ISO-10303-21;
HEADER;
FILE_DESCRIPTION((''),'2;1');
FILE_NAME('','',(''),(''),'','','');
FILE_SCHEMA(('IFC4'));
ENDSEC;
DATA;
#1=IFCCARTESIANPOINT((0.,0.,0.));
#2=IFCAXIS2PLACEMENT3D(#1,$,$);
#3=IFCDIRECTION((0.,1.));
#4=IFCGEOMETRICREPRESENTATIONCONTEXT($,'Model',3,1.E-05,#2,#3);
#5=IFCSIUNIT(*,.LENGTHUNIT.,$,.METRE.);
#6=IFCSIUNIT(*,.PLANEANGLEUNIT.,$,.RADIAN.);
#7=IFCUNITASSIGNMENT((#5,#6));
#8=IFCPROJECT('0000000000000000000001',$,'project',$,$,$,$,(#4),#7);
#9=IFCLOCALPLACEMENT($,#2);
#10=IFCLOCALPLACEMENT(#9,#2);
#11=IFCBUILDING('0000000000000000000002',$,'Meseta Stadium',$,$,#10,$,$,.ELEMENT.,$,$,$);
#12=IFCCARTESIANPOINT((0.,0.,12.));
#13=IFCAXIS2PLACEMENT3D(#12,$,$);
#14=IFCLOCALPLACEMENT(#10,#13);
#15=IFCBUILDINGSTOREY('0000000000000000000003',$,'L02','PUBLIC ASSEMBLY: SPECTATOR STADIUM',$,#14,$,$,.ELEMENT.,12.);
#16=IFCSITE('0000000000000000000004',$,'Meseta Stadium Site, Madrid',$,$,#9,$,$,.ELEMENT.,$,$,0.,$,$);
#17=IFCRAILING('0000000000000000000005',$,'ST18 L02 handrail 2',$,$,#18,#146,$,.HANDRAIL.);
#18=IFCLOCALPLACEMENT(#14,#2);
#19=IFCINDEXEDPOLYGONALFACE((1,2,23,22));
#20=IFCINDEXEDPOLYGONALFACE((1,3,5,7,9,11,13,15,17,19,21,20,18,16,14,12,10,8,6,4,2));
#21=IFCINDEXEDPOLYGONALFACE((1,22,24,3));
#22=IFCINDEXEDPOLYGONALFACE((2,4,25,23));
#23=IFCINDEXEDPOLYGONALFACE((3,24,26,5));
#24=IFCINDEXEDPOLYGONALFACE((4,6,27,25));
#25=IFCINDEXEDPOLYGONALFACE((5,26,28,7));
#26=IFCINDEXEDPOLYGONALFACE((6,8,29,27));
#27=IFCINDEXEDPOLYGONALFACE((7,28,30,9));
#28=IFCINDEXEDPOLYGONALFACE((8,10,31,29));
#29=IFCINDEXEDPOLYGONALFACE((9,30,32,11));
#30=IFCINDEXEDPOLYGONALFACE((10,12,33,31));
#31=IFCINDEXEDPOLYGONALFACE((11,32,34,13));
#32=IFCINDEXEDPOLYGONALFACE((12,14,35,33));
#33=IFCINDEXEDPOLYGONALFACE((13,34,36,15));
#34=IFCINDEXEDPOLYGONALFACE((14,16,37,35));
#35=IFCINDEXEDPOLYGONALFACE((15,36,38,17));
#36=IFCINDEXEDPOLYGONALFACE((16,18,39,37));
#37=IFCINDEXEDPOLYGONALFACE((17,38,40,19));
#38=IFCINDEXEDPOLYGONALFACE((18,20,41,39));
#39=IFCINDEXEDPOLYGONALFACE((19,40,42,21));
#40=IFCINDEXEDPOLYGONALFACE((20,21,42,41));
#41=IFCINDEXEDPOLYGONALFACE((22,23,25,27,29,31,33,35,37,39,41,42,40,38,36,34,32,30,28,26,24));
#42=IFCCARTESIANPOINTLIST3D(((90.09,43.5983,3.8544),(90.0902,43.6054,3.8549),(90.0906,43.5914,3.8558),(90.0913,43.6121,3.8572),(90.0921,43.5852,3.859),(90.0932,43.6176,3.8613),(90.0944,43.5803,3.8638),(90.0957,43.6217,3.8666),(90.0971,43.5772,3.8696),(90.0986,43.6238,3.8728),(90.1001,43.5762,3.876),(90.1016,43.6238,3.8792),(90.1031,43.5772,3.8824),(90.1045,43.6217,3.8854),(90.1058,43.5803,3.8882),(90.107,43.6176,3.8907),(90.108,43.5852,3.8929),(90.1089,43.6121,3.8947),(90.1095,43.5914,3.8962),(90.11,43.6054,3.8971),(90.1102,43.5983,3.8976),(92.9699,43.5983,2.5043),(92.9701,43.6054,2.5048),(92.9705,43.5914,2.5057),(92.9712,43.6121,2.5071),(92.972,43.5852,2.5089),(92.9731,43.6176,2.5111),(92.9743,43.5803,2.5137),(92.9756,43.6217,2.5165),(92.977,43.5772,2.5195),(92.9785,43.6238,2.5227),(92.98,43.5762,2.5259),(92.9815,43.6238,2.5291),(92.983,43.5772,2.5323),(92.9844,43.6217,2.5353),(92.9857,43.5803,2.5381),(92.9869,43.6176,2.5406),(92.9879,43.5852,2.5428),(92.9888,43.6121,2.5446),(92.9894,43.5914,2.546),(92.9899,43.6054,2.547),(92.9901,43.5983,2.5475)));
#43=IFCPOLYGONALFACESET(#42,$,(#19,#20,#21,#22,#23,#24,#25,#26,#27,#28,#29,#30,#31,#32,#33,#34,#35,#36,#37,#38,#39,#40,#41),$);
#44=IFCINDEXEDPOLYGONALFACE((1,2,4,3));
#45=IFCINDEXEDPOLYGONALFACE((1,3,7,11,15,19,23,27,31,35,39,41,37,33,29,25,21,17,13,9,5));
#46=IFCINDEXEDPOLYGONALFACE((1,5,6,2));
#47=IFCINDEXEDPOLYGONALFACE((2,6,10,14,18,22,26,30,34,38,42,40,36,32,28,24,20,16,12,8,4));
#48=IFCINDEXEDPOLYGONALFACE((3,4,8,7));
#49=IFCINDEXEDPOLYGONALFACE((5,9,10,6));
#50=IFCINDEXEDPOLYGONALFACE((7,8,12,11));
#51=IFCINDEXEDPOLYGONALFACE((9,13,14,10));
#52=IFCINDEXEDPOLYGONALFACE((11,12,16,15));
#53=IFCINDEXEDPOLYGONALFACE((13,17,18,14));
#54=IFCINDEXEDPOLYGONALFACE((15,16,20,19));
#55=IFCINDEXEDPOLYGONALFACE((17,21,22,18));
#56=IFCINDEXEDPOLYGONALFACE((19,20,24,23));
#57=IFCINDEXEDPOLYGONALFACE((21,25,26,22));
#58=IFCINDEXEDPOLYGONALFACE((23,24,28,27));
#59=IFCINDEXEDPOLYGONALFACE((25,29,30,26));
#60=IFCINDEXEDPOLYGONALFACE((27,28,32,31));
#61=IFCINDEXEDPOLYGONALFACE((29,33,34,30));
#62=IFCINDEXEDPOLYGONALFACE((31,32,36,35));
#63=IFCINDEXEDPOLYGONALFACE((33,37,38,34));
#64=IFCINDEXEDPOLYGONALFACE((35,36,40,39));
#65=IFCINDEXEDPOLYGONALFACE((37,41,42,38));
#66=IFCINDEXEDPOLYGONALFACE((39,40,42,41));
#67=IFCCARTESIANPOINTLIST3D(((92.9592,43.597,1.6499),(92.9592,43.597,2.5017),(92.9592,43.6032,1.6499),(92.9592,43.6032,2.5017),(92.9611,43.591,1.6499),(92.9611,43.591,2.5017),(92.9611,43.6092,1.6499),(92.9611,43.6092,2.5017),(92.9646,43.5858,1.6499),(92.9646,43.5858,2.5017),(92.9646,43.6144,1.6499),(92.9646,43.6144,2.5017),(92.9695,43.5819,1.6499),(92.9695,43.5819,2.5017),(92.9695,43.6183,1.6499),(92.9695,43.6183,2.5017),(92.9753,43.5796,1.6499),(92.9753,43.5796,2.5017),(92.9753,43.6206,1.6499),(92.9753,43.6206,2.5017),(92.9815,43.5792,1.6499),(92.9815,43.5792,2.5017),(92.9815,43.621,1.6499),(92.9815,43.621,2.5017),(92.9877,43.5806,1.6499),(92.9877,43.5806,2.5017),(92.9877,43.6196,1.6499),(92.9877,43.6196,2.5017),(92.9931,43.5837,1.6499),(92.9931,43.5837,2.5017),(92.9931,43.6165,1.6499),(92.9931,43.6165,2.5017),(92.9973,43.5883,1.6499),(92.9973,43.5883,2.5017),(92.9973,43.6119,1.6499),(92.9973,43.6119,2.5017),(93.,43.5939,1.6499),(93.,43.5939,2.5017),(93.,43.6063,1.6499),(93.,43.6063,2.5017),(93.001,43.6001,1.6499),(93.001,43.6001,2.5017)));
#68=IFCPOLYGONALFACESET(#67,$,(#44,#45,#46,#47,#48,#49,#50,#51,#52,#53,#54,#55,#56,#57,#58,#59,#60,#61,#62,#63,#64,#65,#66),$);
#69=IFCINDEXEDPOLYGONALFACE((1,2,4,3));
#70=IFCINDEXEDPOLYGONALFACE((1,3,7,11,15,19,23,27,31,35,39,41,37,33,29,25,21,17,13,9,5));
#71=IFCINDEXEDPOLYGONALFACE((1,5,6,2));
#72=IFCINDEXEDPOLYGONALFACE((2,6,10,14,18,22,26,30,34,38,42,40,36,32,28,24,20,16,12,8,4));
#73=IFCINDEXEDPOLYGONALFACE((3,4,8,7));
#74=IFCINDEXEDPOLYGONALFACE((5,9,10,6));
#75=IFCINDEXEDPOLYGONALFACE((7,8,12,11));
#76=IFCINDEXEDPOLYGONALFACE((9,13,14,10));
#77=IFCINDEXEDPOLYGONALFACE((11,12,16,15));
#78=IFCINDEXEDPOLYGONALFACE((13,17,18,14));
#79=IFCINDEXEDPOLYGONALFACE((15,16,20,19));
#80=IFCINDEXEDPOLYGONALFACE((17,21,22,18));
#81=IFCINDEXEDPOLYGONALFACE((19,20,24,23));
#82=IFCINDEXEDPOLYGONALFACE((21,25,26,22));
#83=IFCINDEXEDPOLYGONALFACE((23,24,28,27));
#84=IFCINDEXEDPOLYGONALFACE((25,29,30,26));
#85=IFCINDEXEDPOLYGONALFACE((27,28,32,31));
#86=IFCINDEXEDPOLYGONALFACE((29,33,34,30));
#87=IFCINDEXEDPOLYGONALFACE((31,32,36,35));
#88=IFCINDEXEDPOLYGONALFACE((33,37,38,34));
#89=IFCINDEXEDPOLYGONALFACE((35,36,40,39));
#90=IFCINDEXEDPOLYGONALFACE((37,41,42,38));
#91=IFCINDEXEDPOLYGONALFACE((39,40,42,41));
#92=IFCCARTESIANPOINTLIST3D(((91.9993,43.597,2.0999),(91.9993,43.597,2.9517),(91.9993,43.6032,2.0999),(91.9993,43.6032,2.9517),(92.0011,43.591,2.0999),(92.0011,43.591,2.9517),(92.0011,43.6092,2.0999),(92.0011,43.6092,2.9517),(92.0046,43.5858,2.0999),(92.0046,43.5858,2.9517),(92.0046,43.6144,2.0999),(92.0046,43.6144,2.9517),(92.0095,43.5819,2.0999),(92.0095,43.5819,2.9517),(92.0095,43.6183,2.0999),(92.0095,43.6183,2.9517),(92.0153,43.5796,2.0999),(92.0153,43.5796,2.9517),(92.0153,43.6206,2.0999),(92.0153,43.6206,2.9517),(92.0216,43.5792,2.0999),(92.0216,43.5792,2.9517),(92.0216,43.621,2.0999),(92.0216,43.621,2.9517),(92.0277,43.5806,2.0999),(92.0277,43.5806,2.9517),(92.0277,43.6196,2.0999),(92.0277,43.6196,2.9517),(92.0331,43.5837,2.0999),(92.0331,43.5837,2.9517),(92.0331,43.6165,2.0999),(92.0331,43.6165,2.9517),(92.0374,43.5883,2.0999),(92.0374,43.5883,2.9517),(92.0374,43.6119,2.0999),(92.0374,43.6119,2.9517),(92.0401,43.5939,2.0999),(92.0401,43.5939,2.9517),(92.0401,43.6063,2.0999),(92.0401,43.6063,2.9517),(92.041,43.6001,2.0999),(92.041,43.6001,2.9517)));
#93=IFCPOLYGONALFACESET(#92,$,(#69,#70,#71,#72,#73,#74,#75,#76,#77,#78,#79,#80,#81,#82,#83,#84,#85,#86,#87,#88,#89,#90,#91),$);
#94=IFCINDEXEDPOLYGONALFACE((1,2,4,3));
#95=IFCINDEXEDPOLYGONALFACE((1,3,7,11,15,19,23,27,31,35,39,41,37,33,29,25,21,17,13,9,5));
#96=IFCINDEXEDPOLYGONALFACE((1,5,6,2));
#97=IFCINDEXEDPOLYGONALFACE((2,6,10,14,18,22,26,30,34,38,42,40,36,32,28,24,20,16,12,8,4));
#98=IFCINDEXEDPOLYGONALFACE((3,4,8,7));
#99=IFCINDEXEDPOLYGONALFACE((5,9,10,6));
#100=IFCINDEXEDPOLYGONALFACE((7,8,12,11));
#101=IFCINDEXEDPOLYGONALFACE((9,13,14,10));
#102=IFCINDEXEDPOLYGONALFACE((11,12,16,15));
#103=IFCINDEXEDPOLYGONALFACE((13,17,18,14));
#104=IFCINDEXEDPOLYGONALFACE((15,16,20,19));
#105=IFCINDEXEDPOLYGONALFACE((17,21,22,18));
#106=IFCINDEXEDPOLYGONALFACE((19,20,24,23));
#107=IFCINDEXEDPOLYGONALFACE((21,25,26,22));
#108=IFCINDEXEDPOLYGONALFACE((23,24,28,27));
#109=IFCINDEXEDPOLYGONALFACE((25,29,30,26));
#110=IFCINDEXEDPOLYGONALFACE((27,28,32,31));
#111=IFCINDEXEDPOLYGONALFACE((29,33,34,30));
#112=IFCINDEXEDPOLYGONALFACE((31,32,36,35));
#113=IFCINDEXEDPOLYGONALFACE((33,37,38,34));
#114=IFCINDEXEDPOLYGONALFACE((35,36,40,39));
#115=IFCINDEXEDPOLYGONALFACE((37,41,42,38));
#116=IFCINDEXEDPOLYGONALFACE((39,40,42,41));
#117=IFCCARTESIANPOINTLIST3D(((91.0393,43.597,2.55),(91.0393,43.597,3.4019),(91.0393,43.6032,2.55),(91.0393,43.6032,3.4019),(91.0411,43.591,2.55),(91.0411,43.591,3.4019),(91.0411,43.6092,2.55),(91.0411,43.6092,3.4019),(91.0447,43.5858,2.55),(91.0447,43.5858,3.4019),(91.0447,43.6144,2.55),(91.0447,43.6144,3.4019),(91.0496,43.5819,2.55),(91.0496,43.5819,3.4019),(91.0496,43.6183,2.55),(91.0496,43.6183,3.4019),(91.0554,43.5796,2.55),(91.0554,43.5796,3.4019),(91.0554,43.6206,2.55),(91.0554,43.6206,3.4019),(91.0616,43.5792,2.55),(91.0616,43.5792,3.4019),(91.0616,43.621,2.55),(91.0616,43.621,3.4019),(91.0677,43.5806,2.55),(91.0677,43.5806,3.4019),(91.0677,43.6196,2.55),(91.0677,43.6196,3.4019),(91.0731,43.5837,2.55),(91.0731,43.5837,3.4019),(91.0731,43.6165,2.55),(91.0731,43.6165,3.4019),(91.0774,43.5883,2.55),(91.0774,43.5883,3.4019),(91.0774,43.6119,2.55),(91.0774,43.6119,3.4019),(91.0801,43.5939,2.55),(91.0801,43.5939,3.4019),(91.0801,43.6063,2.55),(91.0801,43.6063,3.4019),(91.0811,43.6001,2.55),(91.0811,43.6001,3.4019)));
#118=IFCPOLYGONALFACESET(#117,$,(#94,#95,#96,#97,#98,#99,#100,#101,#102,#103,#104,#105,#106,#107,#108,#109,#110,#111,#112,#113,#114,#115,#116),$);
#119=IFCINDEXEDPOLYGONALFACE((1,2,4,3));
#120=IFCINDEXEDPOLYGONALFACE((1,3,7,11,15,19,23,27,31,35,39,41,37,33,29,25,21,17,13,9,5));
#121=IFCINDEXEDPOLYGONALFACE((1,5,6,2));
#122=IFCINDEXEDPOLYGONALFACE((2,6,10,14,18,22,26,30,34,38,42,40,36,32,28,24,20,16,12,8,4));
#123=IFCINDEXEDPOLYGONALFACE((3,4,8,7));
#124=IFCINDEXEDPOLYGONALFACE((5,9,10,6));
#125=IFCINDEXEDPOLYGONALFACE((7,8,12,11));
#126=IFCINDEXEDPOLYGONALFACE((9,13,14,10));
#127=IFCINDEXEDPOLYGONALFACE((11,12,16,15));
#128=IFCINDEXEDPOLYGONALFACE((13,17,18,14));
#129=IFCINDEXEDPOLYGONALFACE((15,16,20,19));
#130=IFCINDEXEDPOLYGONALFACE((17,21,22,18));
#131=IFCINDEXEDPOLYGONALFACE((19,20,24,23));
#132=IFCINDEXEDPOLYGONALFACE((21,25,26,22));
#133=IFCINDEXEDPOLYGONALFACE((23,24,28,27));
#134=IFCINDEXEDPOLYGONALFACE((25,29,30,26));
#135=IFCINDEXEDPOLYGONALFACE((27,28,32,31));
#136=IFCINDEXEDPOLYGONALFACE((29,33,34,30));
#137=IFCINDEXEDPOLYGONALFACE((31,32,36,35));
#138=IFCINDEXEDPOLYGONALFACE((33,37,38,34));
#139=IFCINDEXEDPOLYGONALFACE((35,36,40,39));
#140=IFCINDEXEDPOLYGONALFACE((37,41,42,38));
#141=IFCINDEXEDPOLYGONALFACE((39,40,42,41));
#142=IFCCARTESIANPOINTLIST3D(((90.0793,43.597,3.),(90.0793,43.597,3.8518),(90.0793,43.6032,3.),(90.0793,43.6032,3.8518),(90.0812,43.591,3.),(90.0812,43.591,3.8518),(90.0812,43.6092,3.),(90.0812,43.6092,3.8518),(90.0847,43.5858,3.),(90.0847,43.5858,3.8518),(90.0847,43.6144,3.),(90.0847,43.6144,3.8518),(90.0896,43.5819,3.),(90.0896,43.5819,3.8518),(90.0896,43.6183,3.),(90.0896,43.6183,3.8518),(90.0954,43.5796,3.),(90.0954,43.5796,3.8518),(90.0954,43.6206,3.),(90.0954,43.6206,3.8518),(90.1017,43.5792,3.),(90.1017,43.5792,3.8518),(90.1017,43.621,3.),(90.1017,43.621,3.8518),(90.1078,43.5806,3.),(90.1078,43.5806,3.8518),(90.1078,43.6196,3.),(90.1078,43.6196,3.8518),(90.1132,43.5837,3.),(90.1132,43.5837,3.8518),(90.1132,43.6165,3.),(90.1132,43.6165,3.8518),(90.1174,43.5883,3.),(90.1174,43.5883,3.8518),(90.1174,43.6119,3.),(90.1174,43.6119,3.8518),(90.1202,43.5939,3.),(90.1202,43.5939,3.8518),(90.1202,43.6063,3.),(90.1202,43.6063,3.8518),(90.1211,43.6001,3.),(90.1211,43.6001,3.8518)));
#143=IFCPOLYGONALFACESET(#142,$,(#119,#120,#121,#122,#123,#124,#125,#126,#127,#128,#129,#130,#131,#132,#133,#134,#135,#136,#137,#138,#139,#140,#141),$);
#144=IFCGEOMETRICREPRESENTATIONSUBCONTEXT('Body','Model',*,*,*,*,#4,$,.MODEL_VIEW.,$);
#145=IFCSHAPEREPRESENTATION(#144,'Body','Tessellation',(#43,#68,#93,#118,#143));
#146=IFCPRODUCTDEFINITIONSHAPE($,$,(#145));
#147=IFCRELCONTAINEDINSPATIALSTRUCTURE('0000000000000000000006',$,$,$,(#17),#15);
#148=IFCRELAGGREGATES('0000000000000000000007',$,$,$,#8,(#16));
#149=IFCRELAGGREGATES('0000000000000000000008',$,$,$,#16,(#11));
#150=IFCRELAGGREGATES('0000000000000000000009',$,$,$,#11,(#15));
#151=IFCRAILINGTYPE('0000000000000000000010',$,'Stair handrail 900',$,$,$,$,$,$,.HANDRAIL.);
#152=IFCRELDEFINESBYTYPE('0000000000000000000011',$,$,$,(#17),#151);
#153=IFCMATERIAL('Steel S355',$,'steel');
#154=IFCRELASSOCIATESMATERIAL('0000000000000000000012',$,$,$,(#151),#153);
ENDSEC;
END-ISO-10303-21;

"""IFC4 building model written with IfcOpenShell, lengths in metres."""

from ifc_helpers import new_model, si_unit, direction, frame, origin, origin_2d, place, context, subcontext, project, spatial, circle, extrude, material, type_object, element, save


model = new_model("IFC4")

# Units and contexts
model_context = context("Model", 3, precision=1e-05, world=origin(), true_north=direction((0.0, 1.0)))
body_context = subcontext(model_context, "Body", "Model", "MODEL_VIEW")
ifc_project = project(units=[si_unit("LENGTHUNIT", "METRE"), si_unit("PLANEANGLEUNIT", "RADIAN")], contexts=[model_context])

# Site, building, storey
site_placement = place(None, origin())
site = spatial("IfcSite", under=ifc_project, at=site_placement, Name="Meseta Stadium Site, Madrid", CompositionType="ELEMENT", RefElevation=0.0)
building_placement = place(site_placement, origin())
building = spatial("IfcBuilding", under=site, at=building_placement, Name="Meseta Stadium", CompositionType="ELEMENT")
storey_placement = place(building_placement, frame((0.0, 0.0, 12.0)))
storey = spatial("IfcBuildingStorey", under=building, at=storey_placement, Name="L02", Description="PUBLIC ASSEMBLY: SPECTATOR STADIUM", CompositionType="ELEMENT", Elevation=12.0)

# Railing
ifc_material_1 = material(Name="Steel S355", Category="steel")
railing_type_1 = type_object("IfcRailingType", Name="Stair handrail 900", PredefinedType="HANDRAIL", material=ifc_material_1)
for number, where, name in (
    (1, (92.98, 43.6001, 1.6499), "ST18 L02 handrail 2"),
):
    element("IfcRailing", number, at=place(storey_placement, frame(where)), inside=storey, type_object=railing_type_1, Name=name, PredefinedType="HANDRAIL", context=body_context, shape_type="SweptSolid", body=[
        extrude(circle(Radius=0.0239, at=origin_2d()), frame((0.0, 0.0, 0.876), z_axis=(-0.90544, 0.0, 0.424473), x_axis=(0.0, -1.0, 0.0)), (0.0, 0.0, 1.0), 3.1807),
        extrude(circle(Radius=0.021, at=origin_2d()), origin(), (0.0, 0.0, 1.0), 0.8518),
        extrude(circle(Radius=0.021, at=origin_2d()), frame((-0.96, 0.0, 0.45)), (0.0, 0.0, 1.0), 0.8518),
        extrude(circle(Radius=0.021, at=origin_2d()), frame((-1.9199, 0.0, 0.9001)), (0.0, 0.0, 1.0), 0.8518),
        extrude(circle(Radius=0.021, at=origin_2d()), frame((-2.8799, 0.0, 1.3501)), (0.0, 0.0, 1.0), 0.8518),
    ])

save(model, "model.ifc")
